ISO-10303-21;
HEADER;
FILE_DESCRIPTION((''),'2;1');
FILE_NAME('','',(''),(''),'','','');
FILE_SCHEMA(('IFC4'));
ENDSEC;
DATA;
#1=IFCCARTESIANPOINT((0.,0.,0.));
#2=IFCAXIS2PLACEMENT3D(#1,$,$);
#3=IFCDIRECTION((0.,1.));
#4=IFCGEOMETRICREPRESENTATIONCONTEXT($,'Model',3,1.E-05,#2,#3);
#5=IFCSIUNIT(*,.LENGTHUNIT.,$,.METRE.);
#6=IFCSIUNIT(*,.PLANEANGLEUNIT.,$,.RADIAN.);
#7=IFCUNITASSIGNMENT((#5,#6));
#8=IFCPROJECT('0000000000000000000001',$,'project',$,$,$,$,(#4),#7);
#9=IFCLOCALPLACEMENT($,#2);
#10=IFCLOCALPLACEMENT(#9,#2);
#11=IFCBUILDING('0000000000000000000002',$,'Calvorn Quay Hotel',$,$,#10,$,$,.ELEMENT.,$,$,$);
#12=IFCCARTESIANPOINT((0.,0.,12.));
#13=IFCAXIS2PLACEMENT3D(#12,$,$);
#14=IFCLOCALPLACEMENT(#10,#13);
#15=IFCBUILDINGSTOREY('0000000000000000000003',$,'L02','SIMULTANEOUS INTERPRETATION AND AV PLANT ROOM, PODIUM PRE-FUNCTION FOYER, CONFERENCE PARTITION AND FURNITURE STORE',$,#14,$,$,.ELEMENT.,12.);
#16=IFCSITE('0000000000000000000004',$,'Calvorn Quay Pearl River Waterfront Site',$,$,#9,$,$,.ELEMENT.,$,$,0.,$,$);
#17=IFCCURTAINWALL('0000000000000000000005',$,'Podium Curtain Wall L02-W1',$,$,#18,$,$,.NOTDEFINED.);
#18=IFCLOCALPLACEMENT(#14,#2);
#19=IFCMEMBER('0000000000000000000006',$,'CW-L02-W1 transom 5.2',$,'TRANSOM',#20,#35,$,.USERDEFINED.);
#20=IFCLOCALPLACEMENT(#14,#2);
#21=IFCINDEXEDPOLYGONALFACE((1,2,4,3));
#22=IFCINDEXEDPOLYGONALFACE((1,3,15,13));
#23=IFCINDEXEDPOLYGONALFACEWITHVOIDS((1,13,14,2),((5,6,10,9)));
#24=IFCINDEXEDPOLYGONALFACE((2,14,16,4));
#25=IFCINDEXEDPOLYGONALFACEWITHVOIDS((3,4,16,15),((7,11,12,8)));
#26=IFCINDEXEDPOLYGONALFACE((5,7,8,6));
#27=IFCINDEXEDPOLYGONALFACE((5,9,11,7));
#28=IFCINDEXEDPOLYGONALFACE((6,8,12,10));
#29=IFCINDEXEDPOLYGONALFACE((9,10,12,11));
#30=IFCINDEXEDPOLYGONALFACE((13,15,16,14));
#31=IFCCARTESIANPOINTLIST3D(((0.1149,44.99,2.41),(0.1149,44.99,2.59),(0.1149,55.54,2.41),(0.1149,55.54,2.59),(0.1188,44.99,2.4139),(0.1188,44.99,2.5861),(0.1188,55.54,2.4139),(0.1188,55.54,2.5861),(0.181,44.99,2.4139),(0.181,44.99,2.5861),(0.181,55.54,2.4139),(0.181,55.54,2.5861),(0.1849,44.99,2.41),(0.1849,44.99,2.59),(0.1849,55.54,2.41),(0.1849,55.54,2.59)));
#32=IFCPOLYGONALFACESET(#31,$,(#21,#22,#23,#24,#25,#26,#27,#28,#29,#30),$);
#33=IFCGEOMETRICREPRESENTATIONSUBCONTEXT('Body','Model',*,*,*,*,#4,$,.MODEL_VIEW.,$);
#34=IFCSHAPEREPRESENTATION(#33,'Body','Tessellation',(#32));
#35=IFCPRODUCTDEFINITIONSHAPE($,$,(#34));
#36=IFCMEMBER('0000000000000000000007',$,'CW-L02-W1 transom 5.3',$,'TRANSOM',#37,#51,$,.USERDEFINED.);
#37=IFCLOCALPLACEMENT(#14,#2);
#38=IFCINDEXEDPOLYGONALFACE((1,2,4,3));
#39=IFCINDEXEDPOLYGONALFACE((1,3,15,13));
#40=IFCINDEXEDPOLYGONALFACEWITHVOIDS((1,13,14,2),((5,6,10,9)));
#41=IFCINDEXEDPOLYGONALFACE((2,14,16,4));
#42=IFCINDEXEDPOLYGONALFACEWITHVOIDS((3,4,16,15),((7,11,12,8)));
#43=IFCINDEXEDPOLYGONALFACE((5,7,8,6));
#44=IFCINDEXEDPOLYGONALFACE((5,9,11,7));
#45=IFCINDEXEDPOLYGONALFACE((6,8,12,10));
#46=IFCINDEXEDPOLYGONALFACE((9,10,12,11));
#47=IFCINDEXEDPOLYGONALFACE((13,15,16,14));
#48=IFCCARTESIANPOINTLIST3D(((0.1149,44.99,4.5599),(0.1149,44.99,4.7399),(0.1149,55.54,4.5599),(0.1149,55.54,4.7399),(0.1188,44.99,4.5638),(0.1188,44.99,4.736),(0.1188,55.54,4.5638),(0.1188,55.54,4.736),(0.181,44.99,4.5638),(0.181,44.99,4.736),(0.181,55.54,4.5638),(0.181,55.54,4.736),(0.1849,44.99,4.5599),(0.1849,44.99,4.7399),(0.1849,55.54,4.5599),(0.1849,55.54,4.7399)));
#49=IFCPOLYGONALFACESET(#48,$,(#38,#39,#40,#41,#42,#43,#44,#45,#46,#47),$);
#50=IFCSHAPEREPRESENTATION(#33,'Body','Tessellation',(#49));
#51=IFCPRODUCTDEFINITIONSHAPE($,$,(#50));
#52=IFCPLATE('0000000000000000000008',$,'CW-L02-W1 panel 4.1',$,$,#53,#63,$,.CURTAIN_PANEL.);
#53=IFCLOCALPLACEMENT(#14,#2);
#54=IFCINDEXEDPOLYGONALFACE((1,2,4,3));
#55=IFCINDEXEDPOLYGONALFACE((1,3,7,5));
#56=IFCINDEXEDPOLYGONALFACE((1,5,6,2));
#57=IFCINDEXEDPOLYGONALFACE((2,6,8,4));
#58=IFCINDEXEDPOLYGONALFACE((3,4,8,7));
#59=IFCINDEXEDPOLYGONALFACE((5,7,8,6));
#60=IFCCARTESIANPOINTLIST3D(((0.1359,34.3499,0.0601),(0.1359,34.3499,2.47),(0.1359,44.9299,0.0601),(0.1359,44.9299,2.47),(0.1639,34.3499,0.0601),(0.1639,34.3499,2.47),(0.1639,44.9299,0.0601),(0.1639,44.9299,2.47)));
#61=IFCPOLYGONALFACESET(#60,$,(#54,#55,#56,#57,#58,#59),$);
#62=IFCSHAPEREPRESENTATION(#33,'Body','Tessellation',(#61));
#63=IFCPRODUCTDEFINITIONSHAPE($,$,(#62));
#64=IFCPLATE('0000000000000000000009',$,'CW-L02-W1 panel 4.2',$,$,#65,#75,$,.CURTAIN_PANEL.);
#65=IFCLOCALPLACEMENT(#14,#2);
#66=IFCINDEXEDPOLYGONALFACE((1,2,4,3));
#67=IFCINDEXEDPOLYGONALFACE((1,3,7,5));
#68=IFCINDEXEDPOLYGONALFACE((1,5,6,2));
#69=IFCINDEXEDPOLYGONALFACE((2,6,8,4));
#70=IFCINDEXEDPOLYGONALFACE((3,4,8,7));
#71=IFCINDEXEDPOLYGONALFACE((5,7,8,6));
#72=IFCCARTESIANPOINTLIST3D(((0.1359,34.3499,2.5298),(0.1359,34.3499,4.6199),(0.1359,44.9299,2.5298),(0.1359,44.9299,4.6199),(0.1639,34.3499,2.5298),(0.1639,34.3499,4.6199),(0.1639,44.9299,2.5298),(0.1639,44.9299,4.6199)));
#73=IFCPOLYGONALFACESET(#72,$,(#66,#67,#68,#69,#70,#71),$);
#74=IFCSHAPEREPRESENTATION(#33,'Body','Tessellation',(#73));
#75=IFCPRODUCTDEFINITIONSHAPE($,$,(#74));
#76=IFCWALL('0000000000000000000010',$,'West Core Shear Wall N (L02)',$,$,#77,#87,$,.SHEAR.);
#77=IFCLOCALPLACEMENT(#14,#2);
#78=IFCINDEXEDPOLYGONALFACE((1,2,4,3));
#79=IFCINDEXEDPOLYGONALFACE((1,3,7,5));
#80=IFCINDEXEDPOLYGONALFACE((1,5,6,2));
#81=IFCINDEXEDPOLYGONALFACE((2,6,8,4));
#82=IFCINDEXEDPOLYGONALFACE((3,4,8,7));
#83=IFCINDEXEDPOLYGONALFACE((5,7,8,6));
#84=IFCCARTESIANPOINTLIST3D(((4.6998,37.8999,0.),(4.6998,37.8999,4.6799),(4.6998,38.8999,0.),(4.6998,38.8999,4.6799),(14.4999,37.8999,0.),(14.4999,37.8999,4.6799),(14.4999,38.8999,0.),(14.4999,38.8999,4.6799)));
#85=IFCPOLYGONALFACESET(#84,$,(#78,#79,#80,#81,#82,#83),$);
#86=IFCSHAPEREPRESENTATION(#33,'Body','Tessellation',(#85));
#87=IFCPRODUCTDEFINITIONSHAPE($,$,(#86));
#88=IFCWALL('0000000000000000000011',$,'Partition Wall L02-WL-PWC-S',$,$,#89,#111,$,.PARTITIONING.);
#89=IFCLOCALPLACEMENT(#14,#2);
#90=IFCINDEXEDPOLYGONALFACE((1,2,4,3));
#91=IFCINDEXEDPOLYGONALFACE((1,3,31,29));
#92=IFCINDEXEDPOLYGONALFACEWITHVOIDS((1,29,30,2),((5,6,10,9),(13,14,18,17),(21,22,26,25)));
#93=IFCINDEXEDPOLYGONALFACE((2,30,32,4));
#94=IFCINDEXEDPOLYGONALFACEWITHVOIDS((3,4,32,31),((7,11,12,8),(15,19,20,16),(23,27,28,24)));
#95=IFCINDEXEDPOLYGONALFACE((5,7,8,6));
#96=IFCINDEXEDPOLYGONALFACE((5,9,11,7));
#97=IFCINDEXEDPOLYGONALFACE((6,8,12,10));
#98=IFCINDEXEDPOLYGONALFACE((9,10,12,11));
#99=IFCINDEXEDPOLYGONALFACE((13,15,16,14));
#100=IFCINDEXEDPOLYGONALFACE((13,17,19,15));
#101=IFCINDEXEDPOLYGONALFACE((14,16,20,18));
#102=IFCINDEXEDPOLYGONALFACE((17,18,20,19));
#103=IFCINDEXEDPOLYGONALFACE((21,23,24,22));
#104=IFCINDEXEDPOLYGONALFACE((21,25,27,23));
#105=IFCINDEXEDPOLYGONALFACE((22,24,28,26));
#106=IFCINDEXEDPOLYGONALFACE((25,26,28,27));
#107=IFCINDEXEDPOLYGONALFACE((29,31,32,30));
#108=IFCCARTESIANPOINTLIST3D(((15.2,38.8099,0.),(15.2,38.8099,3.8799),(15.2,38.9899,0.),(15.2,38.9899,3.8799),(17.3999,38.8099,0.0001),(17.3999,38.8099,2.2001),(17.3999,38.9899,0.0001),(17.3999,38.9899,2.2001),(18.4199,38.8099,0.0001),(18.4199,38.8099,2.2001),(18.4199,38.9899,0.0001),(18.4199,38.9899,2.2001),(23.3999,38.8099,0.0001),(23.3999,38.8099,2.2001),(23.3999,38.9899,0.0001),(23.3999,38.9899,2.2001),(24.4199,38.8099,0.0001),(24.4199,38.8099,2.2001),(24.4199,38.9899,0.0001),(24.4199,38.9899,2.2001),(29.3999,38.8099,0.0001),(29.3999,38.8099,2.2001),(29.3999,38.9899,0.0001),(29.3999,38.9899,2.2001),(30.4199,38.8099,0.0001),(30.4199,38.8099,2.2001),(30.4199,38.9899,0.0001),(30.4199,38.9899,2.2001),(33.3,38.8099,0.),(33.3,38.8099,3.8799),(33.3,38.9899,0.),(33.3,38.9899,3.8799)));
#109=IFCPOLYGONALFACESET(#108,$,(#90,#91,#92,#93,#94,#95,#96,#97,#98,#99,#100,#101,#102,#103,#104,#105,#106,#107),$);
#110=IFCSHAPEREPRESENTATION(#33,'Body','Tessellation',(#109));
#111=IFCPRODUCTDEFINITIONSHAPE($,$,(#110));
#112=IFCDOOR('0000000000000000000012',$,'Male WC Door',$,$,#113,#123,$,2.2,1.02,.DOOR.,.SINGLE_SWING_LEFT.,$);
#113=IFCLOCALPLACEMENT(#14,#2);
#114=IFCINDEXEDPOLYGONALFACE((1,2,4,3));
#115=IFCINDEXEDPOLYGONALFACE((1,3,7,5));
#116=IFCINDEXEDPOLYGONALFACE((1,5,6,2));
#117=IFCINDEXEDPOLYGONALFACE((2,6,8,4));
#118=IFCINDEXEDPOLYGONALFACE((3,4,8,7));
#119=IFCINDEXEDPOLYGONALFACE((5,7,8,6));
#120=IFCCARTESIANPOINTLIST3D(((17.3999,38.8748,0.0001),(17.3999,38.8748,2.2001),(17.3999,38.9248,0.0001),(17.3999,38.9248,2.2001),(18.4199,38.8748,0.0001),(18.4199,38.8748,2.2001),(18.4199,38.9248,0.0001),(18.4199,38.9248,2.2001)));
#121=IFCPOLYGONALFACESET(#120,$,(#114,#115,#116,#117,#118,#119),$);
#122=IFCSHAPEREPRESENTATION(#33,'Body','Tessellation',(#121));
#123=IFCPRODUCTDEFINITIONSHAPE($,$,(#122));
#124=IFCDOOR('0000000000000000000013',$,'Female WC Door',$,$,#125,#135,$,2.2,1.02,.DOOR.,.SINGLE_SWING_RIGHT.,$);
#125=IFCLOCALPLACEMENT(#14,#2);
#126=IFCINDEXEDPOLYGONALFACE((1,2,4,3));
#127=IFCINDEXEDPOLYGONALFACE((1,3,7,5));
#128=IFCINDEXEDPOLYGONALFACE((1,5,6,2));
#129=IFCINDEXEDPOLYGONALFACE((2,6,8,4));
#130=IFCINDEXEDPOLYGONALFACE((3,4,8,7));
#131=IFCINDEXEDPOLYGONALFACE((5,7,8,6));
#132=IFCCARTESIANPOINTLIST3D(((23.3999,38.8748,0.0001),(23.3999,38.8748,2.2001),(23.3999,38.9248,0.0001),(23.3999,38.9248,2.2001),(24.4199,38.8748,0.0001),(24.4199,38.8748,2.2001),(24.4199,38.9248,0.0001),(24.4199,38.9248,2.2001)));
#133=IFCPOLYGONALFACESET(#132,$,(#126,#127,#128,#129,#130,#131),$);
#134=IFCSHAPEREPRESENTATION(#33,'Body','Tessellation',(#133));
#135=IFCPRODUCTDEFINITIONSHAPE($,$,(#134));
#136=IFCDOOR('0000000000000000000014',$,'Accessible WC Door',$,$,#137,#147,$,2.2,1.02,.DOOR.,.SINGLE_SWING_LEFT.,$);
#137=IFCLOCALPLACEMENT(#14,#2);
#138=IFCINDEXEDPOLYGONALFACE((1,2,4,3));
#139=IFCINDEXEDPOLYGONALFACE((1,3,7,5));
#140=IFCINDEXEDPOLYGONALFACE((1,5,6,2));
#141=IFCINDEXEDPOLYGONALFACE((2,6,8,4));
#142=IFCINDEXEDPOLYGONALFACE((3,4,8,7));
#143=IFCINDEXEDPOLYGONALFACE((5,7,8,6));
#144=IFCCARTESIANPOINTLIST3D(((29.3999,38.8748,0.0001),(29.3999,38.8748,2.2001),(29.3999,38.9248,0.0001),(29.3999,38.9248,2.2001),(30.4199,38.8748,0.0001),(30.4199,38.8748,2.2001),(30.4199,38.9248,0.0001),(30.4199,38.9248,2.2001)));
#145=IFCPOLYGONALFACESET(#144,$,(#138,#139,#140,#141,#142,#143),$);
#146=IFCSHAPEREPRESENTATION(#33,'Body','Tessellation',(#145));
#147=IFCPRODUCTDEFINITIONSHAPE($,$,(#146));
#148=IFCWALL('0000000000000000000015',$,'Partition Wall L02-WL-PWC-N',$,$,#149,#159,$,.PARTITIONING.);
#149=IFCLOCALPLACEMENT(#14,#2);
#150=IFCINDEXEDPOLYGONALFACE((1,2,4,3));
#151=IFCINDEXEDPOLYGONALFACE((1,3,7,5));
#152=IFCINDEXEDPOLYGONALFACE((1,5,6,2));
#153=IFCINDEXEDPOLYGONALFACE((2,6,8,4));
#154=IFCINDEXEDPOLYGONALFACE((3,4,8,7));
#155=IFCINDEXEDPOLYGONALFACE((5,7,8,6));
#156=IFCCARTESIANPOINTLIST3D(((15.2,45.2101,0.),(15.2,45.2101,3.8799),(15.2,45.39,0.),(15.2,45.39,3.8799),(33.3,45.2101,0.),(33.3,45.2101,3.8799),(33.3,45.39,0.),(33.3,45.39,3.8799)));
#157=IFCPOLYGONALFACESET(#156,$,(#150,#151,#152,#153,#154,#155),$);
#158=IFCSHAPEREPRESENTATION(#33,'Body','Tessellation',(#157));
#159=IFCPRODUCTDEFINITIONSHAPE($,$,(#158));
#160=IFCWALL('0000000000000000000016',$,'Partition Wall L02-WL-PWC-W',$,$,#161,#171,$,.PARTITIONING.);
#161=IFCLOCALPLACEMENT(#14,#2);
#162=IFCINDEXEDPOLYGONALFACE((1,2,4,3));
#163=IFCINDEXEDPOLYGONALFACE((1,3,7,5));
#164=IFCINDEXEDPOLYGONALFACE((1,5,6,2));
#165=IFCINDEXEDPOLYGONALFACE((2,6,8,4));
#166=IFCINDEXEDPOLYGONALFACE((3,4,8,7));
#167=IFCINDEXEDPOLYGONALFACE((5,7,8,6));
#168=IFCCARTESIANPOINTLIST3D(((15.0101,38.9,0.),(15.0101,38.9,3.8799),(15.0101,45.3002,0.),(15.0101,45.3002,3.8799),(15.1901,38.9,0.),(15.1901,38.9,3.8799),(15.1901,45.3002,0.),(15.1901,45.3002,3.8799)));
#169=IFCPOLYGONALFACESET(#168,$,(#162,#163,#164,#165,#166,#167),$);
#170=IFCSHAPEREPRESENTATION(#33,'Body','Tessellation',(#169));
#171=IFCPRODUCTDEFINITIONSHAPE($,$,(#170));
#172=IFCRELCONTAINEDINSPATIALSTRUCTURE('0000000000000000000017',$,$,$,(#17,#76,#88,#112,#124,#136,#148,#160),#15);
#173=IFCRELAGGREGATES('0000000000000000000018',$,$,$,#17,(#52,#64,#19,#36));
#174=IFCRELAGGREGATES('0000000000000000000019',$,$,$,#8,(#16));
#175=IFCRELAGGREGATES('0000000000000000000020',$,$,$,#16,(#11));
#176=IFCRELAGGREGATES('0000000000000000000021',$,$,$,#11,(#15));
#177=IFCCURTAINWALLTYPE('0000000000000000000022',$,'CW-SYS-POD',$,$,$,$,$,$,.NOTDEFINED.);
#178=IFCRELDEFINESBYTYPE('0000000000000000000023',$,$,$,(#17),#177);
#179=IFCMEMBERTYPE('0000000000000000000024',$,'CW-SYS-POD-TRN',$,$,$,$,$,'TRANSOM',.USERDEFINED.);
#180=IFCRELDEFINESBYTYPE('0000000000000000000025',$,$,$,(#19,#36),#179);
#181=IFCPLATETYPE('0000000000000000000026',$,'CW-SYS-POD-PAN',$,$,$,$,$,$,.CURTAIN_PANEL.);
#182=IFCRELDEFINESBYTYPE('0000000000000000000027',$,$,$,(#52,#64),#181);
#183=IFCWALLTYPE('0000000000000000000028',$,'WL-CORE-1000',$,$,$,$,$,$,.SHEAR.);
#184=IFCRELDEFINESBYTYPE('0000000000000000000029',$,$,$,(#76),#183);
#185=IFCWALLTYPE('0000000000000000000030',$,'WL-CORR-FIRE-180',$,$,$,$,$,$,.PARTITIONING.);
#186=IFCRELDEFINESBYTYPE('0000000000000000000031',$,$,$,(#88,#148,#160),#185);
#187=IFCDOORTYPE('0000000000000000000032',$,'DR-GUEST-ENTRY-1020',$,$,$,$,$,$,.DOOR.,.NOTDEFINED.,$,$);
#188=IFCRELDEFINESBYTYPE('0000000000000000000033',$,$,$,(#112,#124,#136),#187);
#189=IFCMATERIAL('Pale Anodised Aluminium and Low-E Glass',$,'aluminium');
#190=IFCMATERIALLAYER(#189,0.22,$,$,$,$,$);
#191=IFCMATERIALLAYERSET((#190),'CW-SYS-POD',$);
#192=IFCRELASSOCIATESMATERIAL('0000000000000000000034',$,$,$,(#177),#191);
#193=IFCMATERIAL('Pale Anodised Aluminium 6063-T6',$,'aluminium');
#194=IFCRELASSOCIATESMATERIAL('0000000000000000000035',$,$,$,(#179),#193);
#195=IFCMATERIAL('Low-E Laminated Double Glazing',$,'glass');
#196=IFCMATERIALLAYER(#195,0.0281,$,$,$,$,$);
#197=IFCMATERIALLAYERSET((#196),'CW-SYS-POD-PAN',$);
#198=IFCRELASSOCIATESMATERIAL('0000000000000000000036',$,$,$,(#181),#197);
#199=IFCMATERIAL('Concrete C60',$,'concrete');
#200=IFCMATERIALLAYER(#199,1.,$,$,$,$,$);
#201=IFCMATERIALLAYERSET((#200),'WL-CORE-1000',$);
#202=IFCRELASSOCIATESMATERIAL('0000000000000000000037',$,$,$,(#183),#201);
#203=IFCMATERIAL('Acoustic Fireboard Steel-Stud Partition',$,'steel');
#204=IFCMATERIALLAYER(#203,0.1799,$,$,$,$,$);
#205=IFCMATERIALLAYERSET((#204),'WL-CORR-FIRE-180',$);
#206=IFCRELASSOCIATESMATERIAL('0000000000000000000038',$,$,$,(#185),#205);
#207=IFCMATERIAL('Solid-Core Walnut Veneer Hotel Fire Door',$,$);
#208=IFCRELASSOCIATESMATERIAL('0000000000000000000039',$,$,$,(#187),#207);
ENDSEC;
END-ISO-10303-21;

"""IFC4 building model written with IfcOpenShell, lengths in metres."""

from ifc_helpers import new_model, si_unit, direction, frame, frame_2d, origin, origin_2d, place, context, subcontext, project, spatial, rectangle, hollow_rectangle, extrude, material, layer, layer_set, material_profile, profile_set, type_object, element, fill, aggregate, save


model = new_model("IFC4")

# Units and contexts
model_context = context("Model", 3, precision=1e-05, world=origin(), true_north=direction((0.0, 1.0)))
body_context = subcontext(model_context, "Body", "Model", "MODEL_VIEW")
ifc_project = project(units=[si_unit("LENGTHUNIT", "METRE"), si_unit("PLANEANGLEUNIT", "RADIAN")], contexts=[model_context])

# Site, building, storey
site_placement = place(None, origin())
site = spatial("IfcSite", under=ifc_project, at=site_placement, Name="Calvorn Quay Pearl River Waterfront Site", CompositionType="ELEMENT", RefElevation=0.0)
building_placement = place(site_placement, origin())
building = spatial("IfcBuilding", under=site, at=building_placement, Name="Calvorn Quay Hotel", CompositionType="ELEMENT")
storey_placement = place(building_placement, frame((0.0, 0.0, 12.0)))
storey = spatial("IfcBuildingStorey", under=building, at=storey_placement, Name="L02", Description="SIMULTANEOUS INTERPRETATION AND AV PLANT ROOM, PODIUM PRE-FUNCTION FOYER, CONFERENCE PARTITION AND FURNITURE STORE", CompositionType="ELEMENT", Elevation=12.0)

# Curtain wall, members, plates
ifc_material_1 = material(Name="Pale Anodised Aluminium and Low-E Glass", Category="aluminium")
ifc_layer_1 = layer(ifc_material_1, 0.22)
ifc_layer_set_1 = layer_set([ifc_layer_1], Name="CW-SYS-POD")
curtain_wall_type = type_object("IfcCurtainWallType", Name="CW-SYS-POD", PredefinedType="NOTDEFINED", material=ifc_layer_set_1)
curtain_wall_placement = place(storey_placement, origin())
curtain_wall = element("IfcCurtainWall", 1, at=curtain_wall_placement, inside=storey, type_object=curtain_wall_type, Name="Podium Curtain Wall L02-W1", PredefinedType="NOTDEFINED")
ifc_material_2 = material(Name="Pale Anodised Aluminium 6063-T6", Category="aluminium")
ifc_material_profile_1 = material_profile(ifc_material_2, hollow_rectangle(XDim=0.0701, YDim=0.1799, WallThickness=0.0039, at=origin_2d()), Name="ALU-T180x70x4")
ifc_profile_set_1 = profile_set([ifc_material_profile_1], Name="Pale Anodised Aluminium 6063-T6")
member_type_1 = type_object("IfcMemberType", Name="CW-SYS-POD-TRN", ElementType="TRANSOM", PredefinedType="USERDEFINED", material=ifc_profile_set_1)
member_1_placement = place(storey_placement, frame((0.1499, 44.99, 2.5), z_axis=(0.0, 1.0, 0.0), x_axis=(-1.0, 0.0, 0.0)))
member_1 = element("IfcMember", 2, at=member_1_placement, type_object=member_type_1, Name="CW-L02-W1 transom 5.2", ObjectType="TRANSOM", PredefinedType="USERDEFINED", context=body_context, shape_type="SweptSolid", body=[
    extrude(hollow_rectangle(XDim=0.0701, YDim=0.1799, WallThickness=0.0039, at=origin_2d()), origin(), (0.0, 0.0, 1.0), 10.55),
])
member_2_placement = place(storey_placement, frame((0.1499, 44.99, 4.6499), z_axis=(0.0, 1.0, 0.0), x_axis=(-1.0, 0.0, 0.0)))
member_2 = element("IfcMember", 3, at=member_2_placement, type_object=member_type_1, Name="CW-L02-W1 transom 5.3", ObjectType="TRANSOM", PredefinedType="USERDEFINED", context=body_context, shape_type="SweptSolid", body=[
    extrude(hollow_rectangle(XDim=0.0701, YDim=0.1799, WallThickness=0.0039, at=origin_2d()), origin(), (0.0, 0.0, 1.0), 10.55),
])
ifc_material_3 = material(Name="Low-E Laminated Double Glazing", Category="glass")
ifc_layer_2 = layer(ifc_material_3, 0.0281)
ifc_layer_set_2 = layer_set([ifc_layer_2], Name="CW-SYS-POD-PAN")
plate_type = type_object("IfcPlateType", Name="CW-SYS-POD-PAN", PredefinedType="CURTAIN_PANEL", material=ifc_layer_set_2)
plate_1_placement = place(storey_placement, frame((0.1499, 39.6399, 0.0601), z_axis=(0.0, 0.0, 1.0), x_axis=(0.0, 1.0, 0.0)))
plate_1 = element("IfcPlate", 4, at=plate_1_placement, type_object=plate_type, Name="CW-L02-W1 panel 4.1", PredefinedType="CURTAIN_PANEL", context=body_context, shape_type="SweptSolid", body=[
    extrude(rectangle(XDim=10.5801, YDim=0.0281, at=origin_2d()), origin(), (0.0, 0.0, 1.0), 2.4099),
])
plate_2_placement = place(storey_placement, frame((0.1499, 39.6399, 2.5298), z_axis=(0.0, 0.0, 1.0), x_axis=(0.0, 1.0, 0.0)))
plate_2 = element("IfcPlate", 5, at=plate_2_placement, type_object=plate_type, Name="CW-L02-W1 panel 4.2", PredefinedType="CURTAIN_PANEL", context=body_context, shape_type="SweptSolid", body=[
    extrude(rectangle(XDim=10.5801, YDim=0.0281, at=origin_2d()), origin(), (0.0, 0.0, 1.0), 2.0901),
])
aggregate(curtain_wall, [plate_1, plate_2, member_1, member_2])

# Wall
ifc_material_4 = material(Name="Concrete C60", Category="concrete")
ifc_layer_3 = layer(ifc_material_4, 1.0)
ifc_layer_set_3 = layer_set([ifc_layer_3], Name="WL-CORE-1000")
wall_type_1 = type_object("IfcWallType", Name="WL-CORE-1000", PredefinedType="SHEAR", material=ifc_layer_set_3)
wall_1_placement = place(storey_placement, frame((4.7, 38.3999, 0.0), z_axis=(0.0, 0.0, 1.0), x_axis=(1.0, 0.0, 0.0)))
element("IfcWall", 6, at=wall_1_placement, inside=storey, type_object=wall_type_1, Name="West Core Shear Wall N (L02)", PredefinedType="SHEAR", context=body_context, shape_type="SweptSolid", body=[
    extrude(rectangle(XDim=9.8, YDim=1.0, at=frame_2d((4.8999, 0.0))), origin(), (0.0, 0.0, 1.0), 4.6799),
])

# Wall, openings, doors
ifc_material_5 = material(Name="Acoustic Fireboard Steel-Stud Partition", Category="steel")
ifc_layer_4 = layer(ifc_material_5, 0.1799)
ifc_layer_set_4 = layer_set([ifc_layer_4], Name="WL-CORR-FIRE-180")
wall_type_2 = type_object("IfcWallType", Name="WL-CORR-FIRE-180", PredefinedType="PARTITIONING", material=ifc_layer_set_4)
wall_2_placement = place(storey_placement, frame((15.2, 38.8999, 0.0), z_axis=(0.0, 0.0, 1.0), x_axis=(1.0, 0.0, 0.0)))
wall_2 = element("IfcWall", 7, at=wall_2_placement, inside=storey, type_object=wall_type_2, Name="Partition Wall L02-WL-PWC-S", PredefinedType="PARTITIONING", context=body_context, shape_type="SweptSolid", body=[
    extrude(rectangle(XDim=18.1001, YDim=0.1799, at=frame_2d((9.05, 0.0))), origin(), (0.0, 0.0, 1.0), 3.8799),
])
opening_1_placement = place(wall_2_placement, frame((2.2, 0.0, 0.0)))
opening_1 = element("IfcOpeningElement", 8, at=opening_1_placement, cuts=wall_2, PredefinedType="OPENING", context=body_context, shape_type="SweptSolid", body=[
    extrude(rectangle(XDim=1.02, YDim=2.2, at=frame_2d((0.51, 1.1001))), frame((0.0, 0.0999, 0.0), z_axis=(0.0, -1.0, 0.0), x_axis=(1.0, 0.0, 0.0)), (0.0, 0.0, 1.0), 0.2),
])
opening_2_placement = place(wall_2_placement, frame((8.2, 0.0, 0.0)))
opening_2 = element("IfcOpeningElement", 9, at=opening_2_placement, cuts=wall_2, PredefinedType="OPENING", context=body_context, shape_type="SweptSolid", body=[
    extrude(rectangle(XDim=1.02, YDim=2.2, at=frame_2d((0.51, 1.1001))), frame((0.0, 0.0999, 0.0), z_axis=(0.0, -1.0, 0.0), x_axis=(1.0, 0.0, 0.0)), (0.0, 0.0, 1.0), 0.2),
])
opening_3_placement = place(wall_2_placement, frame((14.2, 0.0, 0.0)))
opening_3 = element("IfcOpeningElement", 10, at=opening_3_placement, cuts=wall_2, PredefinedType="OPENING", context=body_context, shape_type="SweptSolid", body=[
    extrude(rectangle(XDim=1.02, YDim=2.2, at=frame_2d((0.51, 1.1001))), frame((0.0, 0.0999, 0.0), z_axis=(0.0, -1.0, 0.0), x_axis=(1.0, 0.0, 0.0)), (0.0, 0.0, 1.0), 0.2),
])
ifc_material_6 = material(Name="Solid-Core Walnut Veneer Hotel Fire Door")
door_type_1 = type_object("IfcDoorType", Name="DR-GUEST-ENTRY-1020", OperationType="NOTDEFINED", PredefinedType="DOOR", material=ifc_material_6)
door_1_placement = place(opening_1_placement, origin())
door_1 = element("IfcDoor", 11, at=door_1_placement, inside=storey, type_object=door_type_1, Name="Male WC Door", OperationType="SINGLE_SWING_LEFT", OverallHeight=2.2, OverallWidth=1.02, PredefinedType="DOOR", context=body_context, shape_type="SweptSolid", body=[
    extrude(rectangle(XDim=1.02, YDim=2.2, at=frame_2d((0.51, 1.1001))), frame((0.0, 0.0249, 0.0), z_axis=(0.0, -1.0, 0.0), x_axis=(1.0, 0.0, 0.0)), (0.0, 0.0, 1.0), 0.05),
])
fill(opening_1, door_1)
door_2_placement = place(opening_2_placement, origin())
door_2 = element("IfcDoor", 12, at=door_2_placement, inside=storey, type_object=door_type_1, Name="Female WC Door", OperationType="SINGLE_SWING_RIGHT", OverallHeight=2.2, OverallWidth=1.02, PredefinedType="DOOR", context=body_context, shape_type="SweptSolid", body=[
    extrude(rectangle(XDim=1.02, YDim=2.2, at=frame_2d((0.51, 1.1001))), frame((0.0, 0.0249, 0.0), z_axis=(0.0, -1.0, 0.0), x_axis=(1.0, 0.0, 0.0)), (0.0, 0.0, 1.0), 0.05),
])
fill(opening_2, door_2)
door_3_placement = place(opening_3_placement, origin())
door_3 = element("IfcDoor", 13, at=door_3_placement, inside=storey, type_object=door_type_1, Name="Accessible WC Door", OperationType="SINGLE_SWING_LEFT", OverallHeight=2.2, OverallWidth=1.02, PredefinedType="DOOR", context=body_context, shape_type="SweptSolid", body=[
    extrude(rectangle(XDim=1.02, YDim=2.2, at=frame_2d((0.51, 1.1001))), frame((0.0, 0.0249, 0.0), z_axis=(0.0, -1.0, 0.0), x_axis=(1.0, 0.0, 0.0)), (0.0, 0.0, 1.0), 0.05),
])
fill(opening_3, door_3)

# Walls
wall_3_placement = place(storey_placement, frame((15.2, 45.3, 0.0), z_axis=(0.0, 0.0, 1.0), x_axis=(1.0, 0.0, 0.0)))
element("IfcWall", 14, at=wall_3_placement, inside=storey, type_object=wall_type_2, Name="Partition Wall L02-WL-PWC-N", PredefinedType="PARTITIONING", context=body_context, shape_type="SweptSolid", body=[
    extrude(rectangle(XDim=18.1001, YDim=0.1799, at=frame_2d((9.05, 0.0))), origin(), (0.0, 0.0, 1.0), 3.8799),
])
wall_4_placement = place(storey_placement, frame((15.1001, 38.8999, 0.0), z_axis=(0.0, 0.0, 1.0), x_axis=(0.0, 1.0, 0.0)))
element("IfcWall", 15, at=wall_4_placement, inside=storey, type_object=wall_type_2, Name="Partition Wall L02-WL-PWC-W", PredefinedType="PARTITIONING", context=body_context, shape_type="SweptSolid", body=[
    extrude(rectangle(XDim=6.4001, YDim=0.1799, at=frame_2d((3.2002, 0.0))), origin(), (0.0, 0.0, 1.0), 3.8799),
])

save(model, "model.ifc")
